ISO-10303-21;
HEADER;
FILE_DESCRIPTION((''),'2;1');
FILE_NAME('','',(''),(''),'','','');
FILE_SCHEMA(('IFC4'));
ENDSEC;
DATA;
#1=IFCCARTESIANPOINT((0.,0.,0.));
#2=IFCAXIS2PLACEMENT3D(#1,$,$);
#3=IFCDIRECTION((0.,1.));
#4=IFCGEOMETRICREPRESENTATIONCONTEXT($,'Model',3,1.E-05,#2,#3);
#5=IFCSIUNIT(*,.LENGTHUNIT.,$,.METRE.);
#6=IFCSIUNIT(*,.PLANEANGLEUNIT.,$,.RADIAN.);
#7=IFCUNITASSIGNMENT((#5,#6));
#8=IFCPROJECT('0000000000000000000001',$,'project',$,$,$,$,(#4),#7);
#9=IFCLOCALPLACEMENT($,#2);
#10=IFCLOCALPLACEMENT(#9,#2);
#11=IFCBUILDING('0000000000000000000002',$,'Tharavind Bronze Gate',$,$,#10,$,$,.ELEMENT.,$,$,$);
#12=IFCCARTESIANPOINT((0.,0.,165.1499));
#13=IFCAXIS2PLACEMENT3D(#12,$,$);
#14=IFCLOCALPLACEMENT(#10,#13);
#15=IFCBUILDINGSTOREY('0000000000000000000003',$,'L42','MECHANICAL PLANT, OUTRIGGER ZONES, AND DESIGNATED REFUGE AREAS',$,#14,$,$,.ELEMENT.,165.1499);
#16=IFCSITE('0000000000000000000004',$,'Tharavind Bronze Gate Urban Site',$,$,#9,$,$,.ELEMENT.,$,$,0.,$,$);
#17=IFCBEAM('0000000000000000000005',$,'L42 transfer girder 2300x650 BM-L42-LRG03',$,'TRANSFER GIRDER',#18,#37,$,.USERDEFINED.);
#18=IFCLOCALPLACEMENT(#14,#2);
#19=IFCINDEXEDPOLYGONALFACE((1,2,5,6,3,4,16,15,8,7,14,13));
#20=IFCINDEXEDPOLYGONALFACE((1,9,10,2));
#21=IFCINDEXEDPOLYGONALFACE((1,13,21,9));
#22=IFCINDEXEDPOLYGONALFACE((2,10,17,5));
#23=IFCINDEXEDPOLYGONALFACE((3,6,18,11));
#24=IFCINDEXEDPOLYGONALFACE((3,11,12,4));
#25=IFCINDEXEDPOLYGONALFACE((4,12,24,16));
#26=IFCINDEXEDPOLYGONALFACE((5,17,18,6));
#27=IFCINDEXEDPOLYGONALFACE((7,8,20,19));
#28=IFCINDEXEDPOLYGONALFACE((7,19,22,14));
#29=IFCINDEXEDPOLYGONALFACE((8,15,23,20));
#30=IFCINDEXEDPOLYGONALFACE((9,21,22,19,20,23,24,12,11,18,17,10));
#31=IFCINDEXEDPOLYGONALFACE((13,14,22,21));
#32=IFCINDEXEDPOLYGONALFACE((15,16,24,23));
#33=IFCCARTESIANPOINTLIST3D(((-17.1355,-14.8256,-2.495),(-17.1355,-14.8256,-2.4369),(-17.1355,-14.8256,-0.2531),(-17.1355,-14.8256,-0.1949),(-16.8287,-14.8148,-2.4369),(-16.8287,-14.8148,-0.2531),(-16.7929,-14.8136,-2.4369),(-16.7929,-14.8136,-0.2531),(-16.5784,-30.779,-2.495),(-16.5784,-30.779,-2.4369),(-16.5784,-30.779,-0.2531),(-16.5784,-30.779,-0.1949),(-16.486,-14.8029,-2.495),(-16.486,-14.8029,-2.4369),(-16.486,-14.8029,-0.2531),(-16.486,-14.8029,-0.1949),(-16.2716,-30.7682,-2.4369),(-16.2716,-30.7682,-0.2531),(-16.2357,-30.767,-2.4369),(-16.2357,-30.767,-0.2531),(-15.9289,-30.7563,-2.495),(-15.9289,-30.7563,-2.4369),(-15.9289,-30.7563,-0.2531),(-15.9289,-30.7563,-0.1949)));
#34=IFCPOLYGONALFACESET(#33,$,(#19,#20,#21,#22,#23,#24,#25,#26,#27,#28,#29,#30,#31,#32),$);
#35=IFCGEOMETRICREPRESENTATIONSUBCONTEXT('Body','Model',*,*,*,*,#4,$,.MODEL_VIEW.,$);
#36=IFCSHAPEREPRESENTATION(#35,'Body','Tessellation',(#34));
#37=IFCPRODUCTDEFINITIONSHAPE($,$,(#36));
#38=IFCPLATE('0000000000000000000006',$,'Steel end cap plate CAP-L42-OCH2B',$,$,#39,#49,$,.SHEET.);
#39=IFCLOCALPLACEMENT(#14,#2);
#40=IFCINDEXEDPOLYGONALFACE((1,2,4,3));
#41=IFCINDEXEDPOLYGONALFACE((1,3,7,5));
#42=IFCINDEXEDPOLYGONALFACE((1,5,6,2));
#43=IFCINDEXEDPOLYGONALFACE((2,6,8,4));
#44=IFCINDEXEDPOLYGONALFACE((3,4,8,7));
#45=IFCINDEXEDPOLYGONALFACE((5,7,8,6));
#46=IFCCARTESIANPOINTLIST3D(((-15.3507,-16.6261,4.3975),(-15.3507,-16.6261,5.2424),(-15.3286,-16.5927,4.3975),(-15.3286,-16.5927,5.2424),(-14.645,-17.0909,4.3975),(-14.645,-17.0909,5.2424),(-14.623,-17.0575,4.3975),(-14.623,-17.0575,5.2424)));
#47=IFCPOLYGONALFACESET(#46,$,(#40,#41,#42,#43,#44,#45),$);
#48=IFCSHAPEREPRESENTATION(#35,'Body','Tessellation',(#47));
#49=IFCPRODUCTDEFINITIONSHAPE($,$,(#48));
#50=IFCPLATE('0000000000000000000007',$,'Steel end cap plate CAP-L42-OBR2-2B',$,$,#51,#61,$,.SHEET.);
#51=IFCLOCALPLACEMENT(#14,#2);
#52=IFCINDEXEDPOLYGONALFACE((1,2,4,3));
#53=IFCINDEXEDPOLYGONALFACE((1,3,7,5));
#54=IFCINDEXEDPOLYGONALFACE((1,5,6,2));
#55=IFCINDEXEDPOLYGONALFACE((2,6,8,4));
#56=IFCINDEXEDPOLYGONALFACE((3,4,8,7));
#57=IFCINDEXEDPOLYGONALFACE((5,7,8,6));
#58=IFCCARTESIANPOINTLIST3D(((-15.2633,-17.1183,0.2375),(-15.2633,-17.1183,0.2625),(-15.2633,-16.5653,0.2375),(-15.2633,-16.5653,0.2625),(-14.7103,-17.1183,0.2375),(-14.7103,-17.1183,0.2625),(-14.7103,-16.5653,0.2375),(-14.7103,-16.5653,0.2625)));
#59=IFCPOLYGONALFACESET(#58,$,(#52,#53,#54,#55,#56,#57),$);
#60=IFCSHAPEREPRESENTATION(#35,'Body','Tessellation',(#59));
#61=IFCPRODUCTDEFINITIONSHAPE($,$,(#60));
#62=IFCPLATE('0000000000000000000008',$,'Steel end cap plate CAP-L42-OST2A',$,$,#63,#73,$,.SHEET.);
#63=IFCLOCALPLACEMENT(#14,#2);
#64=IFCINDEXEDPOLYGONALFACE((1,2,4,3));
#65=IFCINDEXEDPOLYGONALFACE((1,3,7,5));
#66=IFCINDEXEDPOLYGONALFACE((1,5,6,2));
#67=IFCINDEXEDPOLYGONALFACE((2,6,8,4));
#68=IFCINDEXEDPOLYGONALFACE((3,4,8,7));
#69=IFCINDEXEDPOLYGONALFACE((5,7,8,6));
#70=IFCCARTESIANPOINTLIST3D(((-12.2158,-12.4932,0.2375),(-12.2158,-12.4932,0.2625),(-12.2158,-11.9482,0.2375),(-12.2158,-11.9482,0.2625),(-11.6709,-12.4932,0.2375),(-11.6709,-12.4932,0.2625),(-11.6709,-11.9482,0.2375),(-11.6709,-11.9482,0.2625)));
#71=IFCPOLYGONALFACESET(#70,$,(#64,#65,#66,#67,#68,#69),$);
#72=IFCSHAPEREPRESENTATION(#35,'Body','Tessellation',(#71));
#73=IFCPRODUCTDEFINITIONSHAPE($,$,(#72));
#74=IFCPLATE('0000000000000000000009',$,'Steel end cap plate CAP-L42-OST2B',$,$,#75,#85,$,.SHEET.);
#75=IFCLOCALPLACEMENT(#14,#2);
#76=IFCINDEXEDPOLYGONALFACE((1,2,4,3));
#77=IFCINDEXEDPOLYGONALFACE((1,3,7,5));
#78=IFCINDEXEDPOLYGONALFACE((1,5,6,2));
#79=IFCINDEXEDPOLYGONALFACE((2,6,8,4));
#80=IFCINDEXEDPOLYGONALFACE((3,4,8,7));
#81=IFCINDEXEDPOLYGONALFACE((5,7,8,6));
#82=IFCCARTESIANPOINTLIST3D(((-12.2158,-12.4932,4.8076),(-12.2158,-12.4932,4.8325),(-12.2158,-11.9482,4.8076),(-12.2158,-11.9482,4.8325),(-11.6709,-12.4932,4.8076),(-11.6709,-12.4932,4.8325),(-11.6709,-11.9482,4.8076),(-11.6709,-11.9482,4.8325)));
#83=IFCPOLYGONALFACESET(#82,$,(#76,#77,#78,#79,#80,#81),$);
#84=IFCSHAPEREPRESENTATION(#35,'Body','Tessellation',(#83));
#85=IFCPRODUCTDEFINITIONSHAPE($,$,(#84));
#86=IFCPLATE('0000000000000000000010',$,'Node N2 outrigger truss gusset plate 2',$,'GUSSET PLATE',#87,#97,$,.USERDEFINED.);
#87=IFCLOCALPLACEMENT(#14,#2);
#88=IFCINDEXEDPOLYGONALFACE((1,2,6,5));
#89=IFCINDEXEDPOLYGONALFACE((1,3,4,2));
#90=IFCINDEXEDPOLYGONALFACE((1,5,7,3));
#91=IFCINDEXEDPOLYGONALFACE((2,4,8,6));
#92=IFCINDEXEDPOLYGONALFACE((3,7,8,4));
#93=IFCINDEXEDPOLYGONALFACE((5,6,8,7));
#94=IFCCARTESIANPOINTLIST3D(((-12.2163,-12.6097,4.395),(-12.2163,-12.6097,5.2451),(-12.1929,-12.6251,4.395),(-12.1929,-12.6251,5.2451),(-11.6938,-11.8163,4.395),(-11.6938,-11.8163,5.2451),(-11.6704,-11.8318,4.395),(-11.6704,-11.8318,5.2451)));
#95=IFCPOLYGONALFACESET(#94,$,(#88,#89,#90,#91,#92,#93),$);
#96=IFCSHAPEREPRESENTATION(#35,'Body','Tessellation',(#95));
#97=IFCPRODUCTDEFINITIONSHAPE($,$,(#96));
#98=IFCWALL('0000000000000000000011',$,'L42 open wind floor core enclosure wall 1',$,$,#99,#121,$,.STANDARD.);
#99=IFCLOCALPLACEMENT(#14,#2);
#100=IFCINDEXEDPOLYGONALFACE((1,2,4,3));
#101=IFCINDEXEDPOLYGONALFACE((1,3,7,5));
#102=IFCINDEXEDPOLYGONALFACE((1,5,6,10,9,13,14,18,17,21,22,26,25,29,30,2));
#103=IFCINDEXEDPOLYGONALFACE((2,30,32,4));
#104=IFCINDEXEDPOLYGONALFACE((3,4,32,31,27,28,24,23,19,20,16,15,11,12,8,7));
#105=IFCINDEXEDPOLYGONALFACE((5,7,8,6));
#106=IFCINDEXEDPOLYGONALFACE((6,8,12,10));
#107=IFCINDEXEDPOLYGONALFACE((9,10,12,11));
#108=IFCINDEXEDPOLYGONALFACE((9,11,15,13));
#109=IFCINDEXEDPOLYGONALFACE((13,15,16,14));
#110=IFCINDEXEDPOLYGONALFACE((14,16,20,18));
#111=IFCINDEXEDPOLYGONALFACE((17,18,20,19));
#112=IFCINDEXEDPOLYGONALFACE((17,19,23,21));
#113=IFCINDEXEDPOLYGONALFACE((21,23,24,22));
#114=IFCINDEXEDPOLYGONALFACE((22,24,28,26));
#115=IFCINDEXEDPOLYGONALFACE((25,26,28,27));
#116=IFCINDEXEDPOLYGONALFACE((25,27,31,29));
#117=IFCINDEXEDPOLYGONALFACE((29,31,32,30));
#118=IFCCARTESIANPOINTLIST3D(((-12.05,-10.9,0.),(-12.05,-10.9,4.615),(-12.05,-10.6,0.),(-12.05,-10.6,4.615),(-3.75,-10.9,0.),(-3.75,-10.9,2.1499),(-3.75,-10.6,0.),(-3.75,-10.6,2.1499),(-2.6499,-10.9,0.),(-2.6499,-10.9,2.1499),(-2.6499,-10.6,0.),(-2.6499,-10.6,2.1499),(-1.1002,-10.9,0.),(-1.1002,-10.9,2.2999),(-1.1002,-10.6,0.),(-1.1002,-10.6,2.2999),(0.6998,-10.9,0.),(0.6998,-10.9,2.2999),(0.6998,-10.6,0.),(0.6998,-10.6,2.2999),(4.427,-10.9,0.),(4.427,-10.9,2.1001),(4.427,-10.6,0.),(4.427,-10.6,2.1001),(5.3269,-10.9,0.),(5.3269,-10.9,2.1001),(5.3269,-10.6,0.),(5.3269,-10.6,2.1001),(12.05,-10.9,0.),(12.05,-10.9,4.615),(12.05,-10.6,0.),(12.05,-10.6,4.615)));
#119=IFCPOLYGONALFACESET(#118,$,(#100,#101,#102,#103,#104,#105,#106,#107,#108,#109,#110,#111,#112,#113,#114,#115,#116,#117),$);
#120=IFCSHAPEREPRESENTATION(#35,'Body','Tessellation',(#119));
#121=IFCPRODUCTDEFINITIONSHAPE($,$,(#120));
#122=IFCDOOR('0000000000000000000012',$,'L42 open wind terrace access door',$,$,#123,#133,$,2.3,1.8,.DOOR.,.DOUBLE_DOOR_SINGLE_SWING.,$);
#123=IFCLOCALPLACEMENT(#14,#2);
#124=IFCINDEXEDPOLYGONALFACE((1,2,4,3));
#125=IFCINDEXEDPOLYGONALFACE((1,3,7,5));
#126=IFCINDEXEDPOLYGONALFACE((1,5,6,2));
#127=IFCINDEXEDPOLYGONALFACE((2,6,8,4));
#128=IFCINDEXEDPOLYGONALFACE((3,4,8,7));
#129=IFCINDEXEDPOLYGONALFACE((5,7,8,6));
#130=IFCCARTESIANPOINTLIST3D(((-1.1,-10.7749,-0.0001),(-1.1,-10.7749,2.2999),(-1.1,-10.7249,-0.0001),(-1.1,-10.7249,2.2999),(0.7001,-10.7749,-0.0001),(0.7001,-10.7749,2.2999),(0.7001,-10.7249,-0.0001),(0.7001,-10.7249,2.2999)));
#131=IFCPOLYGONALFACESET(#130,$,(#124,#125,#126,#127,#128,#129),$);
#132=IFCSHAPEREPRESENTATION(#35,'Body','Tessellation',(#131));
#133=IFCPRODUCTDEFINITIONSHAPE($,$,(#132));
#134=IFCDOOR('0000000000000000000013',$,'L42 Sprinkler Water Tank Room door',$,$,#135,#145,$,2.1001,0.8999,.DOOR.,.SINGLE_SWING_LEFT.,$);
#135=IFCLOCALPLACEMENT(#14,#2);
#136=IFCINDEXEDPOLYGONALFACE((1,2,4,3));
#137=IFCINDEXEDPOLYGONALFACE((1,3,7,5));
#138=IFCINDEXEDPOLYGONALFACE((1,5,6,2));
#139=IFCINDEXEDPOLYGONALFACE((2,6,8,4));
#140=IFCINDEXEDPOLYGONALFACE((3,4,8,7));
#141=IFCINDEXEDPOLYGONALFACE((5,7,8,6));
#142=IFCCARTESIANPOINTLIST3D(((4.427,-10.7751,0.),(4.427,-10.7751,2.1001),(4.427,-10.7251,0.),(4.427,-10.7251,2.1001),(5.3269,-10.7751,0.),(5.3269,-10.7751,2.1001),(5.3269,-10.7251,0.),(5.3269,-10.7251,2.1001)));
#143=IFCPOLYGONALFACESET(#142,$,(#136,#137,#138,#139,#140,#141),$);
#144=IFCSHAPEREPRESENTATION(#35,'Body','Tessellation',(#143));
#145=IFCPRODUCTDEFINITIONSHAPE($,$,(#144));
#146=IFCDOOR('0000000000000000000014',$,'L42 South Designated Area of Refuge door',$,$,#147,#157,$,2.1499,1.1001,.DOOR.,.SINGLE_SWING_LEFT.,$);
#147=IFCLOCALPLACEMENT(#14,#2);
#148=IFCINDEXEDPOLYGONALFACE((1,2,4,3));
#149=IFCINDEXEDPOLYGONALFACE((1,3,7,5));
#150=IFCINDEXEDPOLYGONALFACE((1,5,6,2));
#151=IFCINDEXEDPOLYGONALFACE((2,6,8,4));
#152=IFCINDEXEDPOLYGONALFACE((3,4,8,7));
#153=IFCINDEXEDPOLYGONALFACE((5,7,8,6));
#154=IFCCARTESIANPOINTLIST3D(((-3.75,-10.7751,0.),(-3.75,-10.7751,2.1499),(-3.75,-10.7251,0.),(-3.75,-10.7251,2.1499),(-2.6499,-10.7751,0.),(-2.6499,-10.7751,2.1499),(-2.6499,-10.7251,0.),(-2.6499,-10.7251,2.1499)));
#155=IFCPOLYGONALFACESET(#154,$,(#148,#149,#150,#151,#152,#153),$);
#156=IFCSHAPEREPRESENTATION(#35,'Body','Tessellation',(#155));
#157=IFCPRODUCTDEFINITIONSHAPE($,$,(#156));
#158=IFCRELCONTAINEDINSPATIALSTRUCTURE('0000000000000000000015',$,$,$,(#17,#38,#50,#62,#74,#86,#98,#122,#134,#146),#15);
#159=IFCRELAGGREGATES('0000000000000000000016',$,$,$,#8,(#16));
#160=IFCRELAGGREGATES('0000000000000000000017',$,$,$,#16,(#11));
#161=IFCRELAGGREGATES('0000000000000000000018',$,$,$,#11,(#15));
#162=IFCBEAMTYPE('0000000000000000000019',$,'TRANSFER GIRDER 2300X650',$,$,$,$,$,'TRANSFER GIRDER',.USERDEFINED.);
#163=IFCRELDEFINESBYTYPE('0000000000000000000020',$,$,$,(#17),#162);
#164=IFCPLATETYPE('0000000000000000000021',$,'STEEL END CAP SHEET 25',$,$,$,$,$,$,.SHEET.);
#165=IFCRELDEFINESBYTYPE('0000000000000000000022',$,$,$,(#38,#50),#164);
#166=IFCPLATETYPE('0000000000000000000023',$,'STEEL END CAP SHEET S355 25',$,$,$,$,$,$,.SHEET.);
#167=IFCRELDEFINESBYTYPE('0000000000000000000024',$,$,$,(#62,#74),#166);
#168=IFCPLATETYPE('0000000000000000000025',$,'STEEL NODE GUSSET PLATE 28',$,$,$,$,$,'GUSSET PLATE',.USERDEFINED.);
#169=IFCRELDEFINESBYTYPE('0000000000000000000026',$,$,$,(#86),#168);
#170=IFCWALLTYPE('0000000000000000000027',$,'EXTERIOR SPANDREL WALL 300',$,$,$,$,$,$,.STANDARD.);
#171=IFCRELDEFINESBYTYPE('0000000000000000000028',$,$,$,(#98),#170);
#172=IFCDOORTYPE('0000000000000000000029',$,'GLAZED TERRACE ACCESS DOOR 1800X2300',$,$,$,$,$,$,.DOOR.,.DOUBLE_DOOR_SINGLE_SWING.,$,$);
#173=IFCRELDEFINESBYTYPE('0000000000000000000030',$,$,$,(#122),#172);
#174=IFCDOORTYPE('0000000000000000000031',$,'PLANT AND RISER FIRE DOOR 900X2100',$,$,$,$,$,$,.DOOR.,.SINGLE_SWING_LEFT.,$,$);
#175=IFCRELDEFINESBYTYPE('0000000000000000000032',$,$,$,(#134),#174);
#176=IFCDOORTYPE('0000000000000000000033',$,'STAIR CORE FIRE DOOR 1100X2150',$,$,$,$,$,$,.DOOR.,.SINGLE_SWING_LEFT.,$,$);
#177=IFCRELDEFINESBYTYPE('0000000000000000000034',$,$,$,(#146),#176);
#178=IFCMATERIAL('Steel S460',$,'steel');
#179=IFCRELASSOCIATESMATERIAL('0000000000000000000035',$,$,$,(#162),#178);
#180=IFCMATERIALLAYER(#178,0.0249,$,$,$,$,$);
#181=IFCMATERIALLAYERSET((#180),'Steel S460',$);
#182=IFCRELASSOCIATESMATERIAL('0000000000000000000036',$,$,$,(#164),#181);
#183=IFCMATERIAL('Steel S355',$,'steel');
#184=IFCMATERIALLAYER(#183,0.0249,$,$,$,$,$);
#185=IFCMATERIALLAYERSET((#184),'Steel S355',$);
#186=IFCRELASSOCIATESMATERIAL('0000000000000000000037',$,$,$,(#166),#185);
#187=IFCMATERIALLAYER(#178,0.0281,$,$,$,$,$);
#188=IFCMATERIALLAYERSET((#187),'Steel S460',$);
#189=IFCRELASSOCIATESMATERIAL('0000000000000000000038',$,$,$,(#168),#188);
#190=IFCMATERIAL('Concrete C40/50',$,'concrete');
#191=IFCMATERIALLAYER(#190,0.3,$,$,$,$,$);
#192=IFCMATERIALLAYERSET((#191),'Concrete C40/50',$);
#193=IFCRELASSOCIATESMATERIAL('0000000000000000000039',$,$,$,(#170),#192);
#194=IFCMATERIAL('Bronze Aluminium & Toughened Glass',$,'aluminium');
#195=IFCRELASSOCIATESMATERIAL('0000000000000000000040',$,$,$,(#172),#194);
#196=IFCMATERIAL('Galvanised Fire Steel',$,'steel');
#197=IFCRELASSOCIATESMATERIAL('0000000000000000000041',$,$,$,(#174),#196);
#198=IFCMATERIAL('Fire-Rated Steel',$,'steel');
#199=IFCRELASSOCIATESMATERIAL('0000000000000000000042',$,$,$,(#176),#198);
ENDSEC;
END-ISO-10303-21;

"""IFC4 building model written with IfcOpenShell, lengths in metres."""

from ifc_helpers import new_model, si_unit, direction, frame, frame_2d, origin, origin_2d, place, context, subcontext, project, spatial, rectangle, i_section, extrude, material, layer, layer_set, material_profile, profile_set, type_object, element, fill, save


model = new_model("IFC4")

# Units and contexts
model_context = context("Model", 3, precision=1e-05, world=origin(), true_north=direction((0.0, 1.0)))
body_context = subcontext(model_context, "Body", "Model", "MODEL_VIEW")
ifc_project = project(units=[si_unit("LENGTHUNIT", "METRE"), si_unit("PLANEANGLEUNIT", "RADIAN")], contexts=[model_context])

# Site, building, storey
site_placement = place(None, origin())
site = spatial("IfcSite", under=ifc_project, at=site_placement, Name="Tharavind Bronze Gate Urban Site", CompositionType="ELEMENT", RefElevation=0.0)
building_placement = place(site_placement, origin())
building = spatial("IfcBuilding", under=site, at=building_placement, Name="Tharavind Bronze Gate", CompositionType="ELEMENT")
storey_placement = place(building_placement, frame((0.0, 0.0, 165.1499)))
storey = spatial("IfcBuildingStorey", under=building, at=storey_placement, Name="L42", Description="MECHANICAL PLANT, OUTRIGGER ZONES, AND DESIGNATED REFUGE AREAS", CompositionType="ELEMENT", Elevation=165.1499)

# Shared definitions
ifc_material_1 = material(Name="Steel S460", Category="steel")

# Beam
ifc_material_2 = material(Name="Steel S355", Category="steel")
ifc_material_profile_1 = material_profile(ifc_material_1, i_section(OverallWidth=0.6499, OverallDepth=2.3, WebThickness=0.0359, FlangeThickness=0.0581, at=origin_2d()), Name="PG2300X650")
ifc_profile_set_1 = profile_set([ifc_material_profile_1], Name="Steel S460")
beam_type_1 = type_object("IfcBeamType", Name="TRANSFER GIRDER 2300X650", ElementType="TRANSFER GIRDER", PredefinedType="USERDEFINED", material=ifc_profile_set_1)
beam_1_placement = place(storey_placement, frame((-16.8108, -14.8142, -1.345), z_axis=(0.034901, -0.999391, 0.0), x_axis=(0.999391, 0.034901, 0.0)))
element("IfcBeam", 1, at=beam_1_placement, inside=storey, type_object=beam_type_1, Name="L42 transfer girder 2300x650 BM-L42-LRG03", ObjectType="TRANSFER GIRDER", PredefinedType="USERDEFINED", context=body_context, shape_type="SweptSolid", body=[
    extrude(i_section(OverallWidth=0.6499, OverallDepth=2.3, WebThickness=0.0359, FlangeThickness=0.0581, at=origin_2d()), origin(), (0.0, 0.0, 1.0), 15.9631),
])

# Plates
ifc_layer_1 = layer(ifc_material_1, 0.0249)
ifc_layer_set_1 = layer_set([ifc_layer_1], Name="Steel S460")
plate_type_1 = type_object("IfcPlateType", Name="STEEL END CAP SHEET 25", PredefinedType="SHEET", material=ifc_layer_set_1)
plate_1_placement = place(storey_placement, frame((-14.9868, -16.8418, 4.3975), z_axis=(0.0, 0.0, 1.0), x_axis=(0.550035, 0.835142, 0.0)))
element("IfcPlate", 2, at=plate_1_placement, inside=storey, type_object=plate_type_1, Name="Steel end cap plate CAP-L42-OCH2B", PredefinedType="SHEET", context=body_context, shape_type="SweptSolid", body=[
    extrude(rectangle(XDim=0.04, YDim=0.845, at=origin_2d()), origin(), (0.0, 0.0, 1.0), 0.845),
])
plate_2_placement = place(storey_placement, frame((-14.9868, -16.8418, 0.2375), z_axis=(0.0, 0.0, 1.0), x_axis=(1.0, 0.0, 0.0)))
element("IfcPlate", 3, at=plate_2_placement, inside=storey, type_object=plate_type_1, Name="Steel end cap plate CAP-L42-OBR2-2B", PredefinedType="SHEET", context=body_context, shape_type="SweptSolid", body=[
    extrude(rectangle(XDim=0.553, YDim=0.553, at=origin_2d()), origin(), (0.0, 0.0, 1.0), 0.0249),
])
ifc_layer_2 = layer(ifc_material_2, 0.0249)
ifc_layer_set_2 = layer_set([ifc_layer_2], Name="Steel S355")
plate_type_2 = type_object("IfcPlateType", Name="STEEL END CAP SHEET S355 25", PredefinedType="SHEET", material=ifc_layer_set_2)
for number, where, z_axis, x_axis, name in (
    (4, (-11.9434, -12.2207, 0.2375), (0.0, 0.0, 1.0), (1.0, 0.0, 0.0), "Steel end cap plate CAP-L42-OST2A"),
    (5, (-11.9434, -12.2207, 4.8076), (0.0, 0.0, 1.0), (1.0, 0.0, 0.0), "Steel end cap plate CAP-L42-OST2B"),
):
    element("IfcPlate", number, at=place(storey_placement, frame(where, z_axis=z_axis, x_axis=x_axis)), inside=storey, type_object=plate_type_2, Name=name, PredefinedType="SHEET", context=body_context, shape_type="SweptSolid", body=[
        extrude(rectangle(XDim=0.5449, YDim=0.5449, at=origin_2d()), origin(), (0.0, 0.0, 1.0), 0.0249),
    ])
ifc_layer_3 = layer(ifc_material_1, 0.0281)
ifc_layer_set_3 = layer_set([ifc_layer_3], Name="Steel S460")
plate_type_3 = type_object("IfcPlateType", Name="STEEL NODE GUSSET PLATE 28", ElementType="GUSSET PLATE", PredefinedType="USERDEFINED", material=ifc_layer_set_3)
plate_3_placement = place(storey_placement, frame((-11.9434, -12.2207, 4.395), z_axis=(0.0, 0.0, 1.0), x_axis=(0.550035, 0.835142, 0.0)))
element("IfcPlate", 6, at=plate_3_placement, inside=storey, type_object=plate_type_3, Name="Node N2 outrigger truss gusset plate 2", ObjectType="GUSSET PLATE", PredefinedType="USERDEFINED", context=body_context, shape_type="SweptSolid", body=[
    extrude(rectangle(XDim=0.95, YDim=0.0281, at=origin_2d()), origin(), (0.0, 0.0, 1.0), 0.8501),
])

# Wall, openings, doors
ifc_material_3 = material(Name="Concrete C40/50", Category="concrete")
ifc_layer_4 = layer(ifc_material_3, 0.3)
ifc_layer_set_4 = layer_set([ifc_layer_4], Name="Concrete C40/50")
wall_type_1 = type_object("IfcWallType", Name="EXTERIOR SPANDREL WALL 300", PredefinedType="STANDARD", material=ifc_layer_set_4)
wall_1_placement = place(storey_placement, frame((-12.05, -10.75, 0.0), z_axis=(0.0, 0.0, 1.0), x_axis=(1.0, 0.0, 0.0)))
wall_1 = element("IfcWall", 7, at=wall_1_placement, inside=storey, type_object=wall_type_1, Name="L42 open wind floor core enclosure wall 1", PredefinedType="STANDARD", context=body_context, shape_type="SweptSolid", body=[
    extrude(rectangle(XDim=24.1001, YDim=0.3, at=frame_2d((12.05, 0.0))), origin(), (0.0, 0.0, 1.0), 4.615),
])
opening_1_placement = place(wall_1_placement, frame((10.95, 0.0, 0.0)))
opening_1 = element("IfcOpeningElement", 8, at=opening_1_placement, cuts=wall_1, PredefinedType="OPENING", context=body_context, shape_type="SweptSolid", body=[
    extrude(rectangle(XDim=1.8, YDim=2.3, at=frame_2d((0.8999, 1.1499))), frame((0.0, 0.1599, 0.0), z_axis=(0.0, -1.0, 0.0), x_axis=(1.0, 0.0, 0.0)), (0.0, 0.0, 1.0), 0.32),
])
opening_2_placement = place(wall_1_placement, frame((8.3, 0.0, 0.0)))
opening_2 = element("IfcOpeningElement", 9, at=opening_2_placement, cuts=wall_1, PredefinedType="OPENING", context=body_context, shape_type="SweptSolid", body=[
    extrude(rectangle(XDim=1.1001, YDim=2.1499, at=frame_2d((0.55, 1.075))), frame((0.0, 0.1599, 0.0), z_axis=(0.0, -1.0, 0.0), x_axis=(1.0, 0.0, 0.0)), (0.0, 0.0, 1.0), 0.32),
])
opening_3_placement = place(wall_1_placement, frame((16.4771, 0.0, 0.0)))
opening_3 = element("IfcOpeningElement", 10, at=opening_3_placement, cuts=wall_1, PredefinedType="OPENING", context=body_context, shape_type="SweptSolid", body=[
    extrude(rectangle(XDim=0.8999, YDim=2.1001, at=frame_2d((0.45, 1.05))), frame((0.0, 0.1599, 0.0), z_axis=(0.0, -1.0, 0.0), x_axis=(1.0, 0.0, 0.0)), (0.0, 0.0, 1.0), 0.32),
])
ifc_material_4 = material(Name="Bronze Aluminium & Toughened Glass", Category="aluminium")
door_type_1 = type_object("IfcDoorType", Name="GLAZED TERRACE ACCESS DOOR 1800X2300", OperationType="DOUBLE_DOOR_SINGLE_SWING", PredefinedType="DOOR", material=ifc_material_4)
door_1_placement = place(opening_1_placement, frame((1.8, 0.0, 0.0), z_axis=(0.0, 0.0, 1.0), x_axis=(-1.0, 0.0, 0.0)))
door_1 = element("IfcDoor", 11, at=door_1_placement, inside=storey, type_object=door_type_1, Name="L42 open wind terrace access door", OperationType="DOUBLE_DOOR_SINGLE_SWING", OverallHeight=2.3, OverallWidth=1.8, PredefinedType="DOOR", context=body_context, shape_type="SweptSolid", body=[
    extrude(rectangle(XDim=1.8, YDim=2.3, at=frame_2d((0.8999, 1.1499))), frame((0.0, 0.0249, 0.0), z_axis=(0.0, -1.0, 0.0), x_axis=(1.0, 0.0, 0.0)), (0.0, 0.0, 1.0), 0.05),
])
fill(opening_1, door_1)
ifc_material_5 = material(Name="Galvanised Fire Steel", Category="steel")
door_type_2 = type_object("IfcDoorType", Name="PLANT AND RISER FIRE DOOR 900X2100", OperationType="SINGLE_SWING_LEFT", PredefinedType="DOOR", material=ifc_material_5)
door_2_placement = place(opening_3_placement, origin())
door_2 = element("IfcDoor", 12, at=door_2_placement, inside=storey, type_object=door_type_2, Name="L42 Sprinkler Water Tank Room door", OperationType="SINGLE_SWING_LEFT", OverallHeight=2.1001, OverallWidth=0.8999, PredefinedType="DOOR", context=body_context, shape_type="SweptSolid", body=[
    extrude(rectangle(XDim=0.8999, YDim=2.1001, at=frame_2d((0.45, 1.05))), frame((0.0, 0.0249, 0.0), z_axis=(0.0, -1.0, 0.0), x_axis=(1.0, 0.0, 0.0)), (0.0, 0.0, 1.0), 0.05),
])
fill(opening_3, door_2)
ifc_material_6 = material(Name="Fire-Rated Steel", Category="steel")
door_type_3 = type_object("IfcDoorType", Name="STAIR CORE FIRE DOOR 1100X2150", OperationType="SINGLE_SWING_LEFT", PredefinedType="DOOR", material=ifc_material_6)
door_3_placement = place(opening_2_placement, origin())
door_3 = element("IfcDoor", 13, at=door_3_placement, inside=storey, type_object=door_type_3, Name="L42 South Designated Area of Refuge door", OperationType="SINGLE_SWING_LEFT", OverallHeight=2.1499, OverallWidth=1.1001, PredefinedType="DOOR", context=body_context, shape_type="SweptSolid", body=[
    extrude(rectangle(XDim=1.1001, YDim=2.1499, at=frame_2d((0.55, 1.075))), frame((0.0, 0.0249, 0.0), z_axis=(0.0, -1.0, 0.0), x_axis=(1.0, 0.0, 0.0)), (0.0, 0.0, 1.0), 0.05),
])
fill(opening_2, door_3)

save(model, "model.ifc")
